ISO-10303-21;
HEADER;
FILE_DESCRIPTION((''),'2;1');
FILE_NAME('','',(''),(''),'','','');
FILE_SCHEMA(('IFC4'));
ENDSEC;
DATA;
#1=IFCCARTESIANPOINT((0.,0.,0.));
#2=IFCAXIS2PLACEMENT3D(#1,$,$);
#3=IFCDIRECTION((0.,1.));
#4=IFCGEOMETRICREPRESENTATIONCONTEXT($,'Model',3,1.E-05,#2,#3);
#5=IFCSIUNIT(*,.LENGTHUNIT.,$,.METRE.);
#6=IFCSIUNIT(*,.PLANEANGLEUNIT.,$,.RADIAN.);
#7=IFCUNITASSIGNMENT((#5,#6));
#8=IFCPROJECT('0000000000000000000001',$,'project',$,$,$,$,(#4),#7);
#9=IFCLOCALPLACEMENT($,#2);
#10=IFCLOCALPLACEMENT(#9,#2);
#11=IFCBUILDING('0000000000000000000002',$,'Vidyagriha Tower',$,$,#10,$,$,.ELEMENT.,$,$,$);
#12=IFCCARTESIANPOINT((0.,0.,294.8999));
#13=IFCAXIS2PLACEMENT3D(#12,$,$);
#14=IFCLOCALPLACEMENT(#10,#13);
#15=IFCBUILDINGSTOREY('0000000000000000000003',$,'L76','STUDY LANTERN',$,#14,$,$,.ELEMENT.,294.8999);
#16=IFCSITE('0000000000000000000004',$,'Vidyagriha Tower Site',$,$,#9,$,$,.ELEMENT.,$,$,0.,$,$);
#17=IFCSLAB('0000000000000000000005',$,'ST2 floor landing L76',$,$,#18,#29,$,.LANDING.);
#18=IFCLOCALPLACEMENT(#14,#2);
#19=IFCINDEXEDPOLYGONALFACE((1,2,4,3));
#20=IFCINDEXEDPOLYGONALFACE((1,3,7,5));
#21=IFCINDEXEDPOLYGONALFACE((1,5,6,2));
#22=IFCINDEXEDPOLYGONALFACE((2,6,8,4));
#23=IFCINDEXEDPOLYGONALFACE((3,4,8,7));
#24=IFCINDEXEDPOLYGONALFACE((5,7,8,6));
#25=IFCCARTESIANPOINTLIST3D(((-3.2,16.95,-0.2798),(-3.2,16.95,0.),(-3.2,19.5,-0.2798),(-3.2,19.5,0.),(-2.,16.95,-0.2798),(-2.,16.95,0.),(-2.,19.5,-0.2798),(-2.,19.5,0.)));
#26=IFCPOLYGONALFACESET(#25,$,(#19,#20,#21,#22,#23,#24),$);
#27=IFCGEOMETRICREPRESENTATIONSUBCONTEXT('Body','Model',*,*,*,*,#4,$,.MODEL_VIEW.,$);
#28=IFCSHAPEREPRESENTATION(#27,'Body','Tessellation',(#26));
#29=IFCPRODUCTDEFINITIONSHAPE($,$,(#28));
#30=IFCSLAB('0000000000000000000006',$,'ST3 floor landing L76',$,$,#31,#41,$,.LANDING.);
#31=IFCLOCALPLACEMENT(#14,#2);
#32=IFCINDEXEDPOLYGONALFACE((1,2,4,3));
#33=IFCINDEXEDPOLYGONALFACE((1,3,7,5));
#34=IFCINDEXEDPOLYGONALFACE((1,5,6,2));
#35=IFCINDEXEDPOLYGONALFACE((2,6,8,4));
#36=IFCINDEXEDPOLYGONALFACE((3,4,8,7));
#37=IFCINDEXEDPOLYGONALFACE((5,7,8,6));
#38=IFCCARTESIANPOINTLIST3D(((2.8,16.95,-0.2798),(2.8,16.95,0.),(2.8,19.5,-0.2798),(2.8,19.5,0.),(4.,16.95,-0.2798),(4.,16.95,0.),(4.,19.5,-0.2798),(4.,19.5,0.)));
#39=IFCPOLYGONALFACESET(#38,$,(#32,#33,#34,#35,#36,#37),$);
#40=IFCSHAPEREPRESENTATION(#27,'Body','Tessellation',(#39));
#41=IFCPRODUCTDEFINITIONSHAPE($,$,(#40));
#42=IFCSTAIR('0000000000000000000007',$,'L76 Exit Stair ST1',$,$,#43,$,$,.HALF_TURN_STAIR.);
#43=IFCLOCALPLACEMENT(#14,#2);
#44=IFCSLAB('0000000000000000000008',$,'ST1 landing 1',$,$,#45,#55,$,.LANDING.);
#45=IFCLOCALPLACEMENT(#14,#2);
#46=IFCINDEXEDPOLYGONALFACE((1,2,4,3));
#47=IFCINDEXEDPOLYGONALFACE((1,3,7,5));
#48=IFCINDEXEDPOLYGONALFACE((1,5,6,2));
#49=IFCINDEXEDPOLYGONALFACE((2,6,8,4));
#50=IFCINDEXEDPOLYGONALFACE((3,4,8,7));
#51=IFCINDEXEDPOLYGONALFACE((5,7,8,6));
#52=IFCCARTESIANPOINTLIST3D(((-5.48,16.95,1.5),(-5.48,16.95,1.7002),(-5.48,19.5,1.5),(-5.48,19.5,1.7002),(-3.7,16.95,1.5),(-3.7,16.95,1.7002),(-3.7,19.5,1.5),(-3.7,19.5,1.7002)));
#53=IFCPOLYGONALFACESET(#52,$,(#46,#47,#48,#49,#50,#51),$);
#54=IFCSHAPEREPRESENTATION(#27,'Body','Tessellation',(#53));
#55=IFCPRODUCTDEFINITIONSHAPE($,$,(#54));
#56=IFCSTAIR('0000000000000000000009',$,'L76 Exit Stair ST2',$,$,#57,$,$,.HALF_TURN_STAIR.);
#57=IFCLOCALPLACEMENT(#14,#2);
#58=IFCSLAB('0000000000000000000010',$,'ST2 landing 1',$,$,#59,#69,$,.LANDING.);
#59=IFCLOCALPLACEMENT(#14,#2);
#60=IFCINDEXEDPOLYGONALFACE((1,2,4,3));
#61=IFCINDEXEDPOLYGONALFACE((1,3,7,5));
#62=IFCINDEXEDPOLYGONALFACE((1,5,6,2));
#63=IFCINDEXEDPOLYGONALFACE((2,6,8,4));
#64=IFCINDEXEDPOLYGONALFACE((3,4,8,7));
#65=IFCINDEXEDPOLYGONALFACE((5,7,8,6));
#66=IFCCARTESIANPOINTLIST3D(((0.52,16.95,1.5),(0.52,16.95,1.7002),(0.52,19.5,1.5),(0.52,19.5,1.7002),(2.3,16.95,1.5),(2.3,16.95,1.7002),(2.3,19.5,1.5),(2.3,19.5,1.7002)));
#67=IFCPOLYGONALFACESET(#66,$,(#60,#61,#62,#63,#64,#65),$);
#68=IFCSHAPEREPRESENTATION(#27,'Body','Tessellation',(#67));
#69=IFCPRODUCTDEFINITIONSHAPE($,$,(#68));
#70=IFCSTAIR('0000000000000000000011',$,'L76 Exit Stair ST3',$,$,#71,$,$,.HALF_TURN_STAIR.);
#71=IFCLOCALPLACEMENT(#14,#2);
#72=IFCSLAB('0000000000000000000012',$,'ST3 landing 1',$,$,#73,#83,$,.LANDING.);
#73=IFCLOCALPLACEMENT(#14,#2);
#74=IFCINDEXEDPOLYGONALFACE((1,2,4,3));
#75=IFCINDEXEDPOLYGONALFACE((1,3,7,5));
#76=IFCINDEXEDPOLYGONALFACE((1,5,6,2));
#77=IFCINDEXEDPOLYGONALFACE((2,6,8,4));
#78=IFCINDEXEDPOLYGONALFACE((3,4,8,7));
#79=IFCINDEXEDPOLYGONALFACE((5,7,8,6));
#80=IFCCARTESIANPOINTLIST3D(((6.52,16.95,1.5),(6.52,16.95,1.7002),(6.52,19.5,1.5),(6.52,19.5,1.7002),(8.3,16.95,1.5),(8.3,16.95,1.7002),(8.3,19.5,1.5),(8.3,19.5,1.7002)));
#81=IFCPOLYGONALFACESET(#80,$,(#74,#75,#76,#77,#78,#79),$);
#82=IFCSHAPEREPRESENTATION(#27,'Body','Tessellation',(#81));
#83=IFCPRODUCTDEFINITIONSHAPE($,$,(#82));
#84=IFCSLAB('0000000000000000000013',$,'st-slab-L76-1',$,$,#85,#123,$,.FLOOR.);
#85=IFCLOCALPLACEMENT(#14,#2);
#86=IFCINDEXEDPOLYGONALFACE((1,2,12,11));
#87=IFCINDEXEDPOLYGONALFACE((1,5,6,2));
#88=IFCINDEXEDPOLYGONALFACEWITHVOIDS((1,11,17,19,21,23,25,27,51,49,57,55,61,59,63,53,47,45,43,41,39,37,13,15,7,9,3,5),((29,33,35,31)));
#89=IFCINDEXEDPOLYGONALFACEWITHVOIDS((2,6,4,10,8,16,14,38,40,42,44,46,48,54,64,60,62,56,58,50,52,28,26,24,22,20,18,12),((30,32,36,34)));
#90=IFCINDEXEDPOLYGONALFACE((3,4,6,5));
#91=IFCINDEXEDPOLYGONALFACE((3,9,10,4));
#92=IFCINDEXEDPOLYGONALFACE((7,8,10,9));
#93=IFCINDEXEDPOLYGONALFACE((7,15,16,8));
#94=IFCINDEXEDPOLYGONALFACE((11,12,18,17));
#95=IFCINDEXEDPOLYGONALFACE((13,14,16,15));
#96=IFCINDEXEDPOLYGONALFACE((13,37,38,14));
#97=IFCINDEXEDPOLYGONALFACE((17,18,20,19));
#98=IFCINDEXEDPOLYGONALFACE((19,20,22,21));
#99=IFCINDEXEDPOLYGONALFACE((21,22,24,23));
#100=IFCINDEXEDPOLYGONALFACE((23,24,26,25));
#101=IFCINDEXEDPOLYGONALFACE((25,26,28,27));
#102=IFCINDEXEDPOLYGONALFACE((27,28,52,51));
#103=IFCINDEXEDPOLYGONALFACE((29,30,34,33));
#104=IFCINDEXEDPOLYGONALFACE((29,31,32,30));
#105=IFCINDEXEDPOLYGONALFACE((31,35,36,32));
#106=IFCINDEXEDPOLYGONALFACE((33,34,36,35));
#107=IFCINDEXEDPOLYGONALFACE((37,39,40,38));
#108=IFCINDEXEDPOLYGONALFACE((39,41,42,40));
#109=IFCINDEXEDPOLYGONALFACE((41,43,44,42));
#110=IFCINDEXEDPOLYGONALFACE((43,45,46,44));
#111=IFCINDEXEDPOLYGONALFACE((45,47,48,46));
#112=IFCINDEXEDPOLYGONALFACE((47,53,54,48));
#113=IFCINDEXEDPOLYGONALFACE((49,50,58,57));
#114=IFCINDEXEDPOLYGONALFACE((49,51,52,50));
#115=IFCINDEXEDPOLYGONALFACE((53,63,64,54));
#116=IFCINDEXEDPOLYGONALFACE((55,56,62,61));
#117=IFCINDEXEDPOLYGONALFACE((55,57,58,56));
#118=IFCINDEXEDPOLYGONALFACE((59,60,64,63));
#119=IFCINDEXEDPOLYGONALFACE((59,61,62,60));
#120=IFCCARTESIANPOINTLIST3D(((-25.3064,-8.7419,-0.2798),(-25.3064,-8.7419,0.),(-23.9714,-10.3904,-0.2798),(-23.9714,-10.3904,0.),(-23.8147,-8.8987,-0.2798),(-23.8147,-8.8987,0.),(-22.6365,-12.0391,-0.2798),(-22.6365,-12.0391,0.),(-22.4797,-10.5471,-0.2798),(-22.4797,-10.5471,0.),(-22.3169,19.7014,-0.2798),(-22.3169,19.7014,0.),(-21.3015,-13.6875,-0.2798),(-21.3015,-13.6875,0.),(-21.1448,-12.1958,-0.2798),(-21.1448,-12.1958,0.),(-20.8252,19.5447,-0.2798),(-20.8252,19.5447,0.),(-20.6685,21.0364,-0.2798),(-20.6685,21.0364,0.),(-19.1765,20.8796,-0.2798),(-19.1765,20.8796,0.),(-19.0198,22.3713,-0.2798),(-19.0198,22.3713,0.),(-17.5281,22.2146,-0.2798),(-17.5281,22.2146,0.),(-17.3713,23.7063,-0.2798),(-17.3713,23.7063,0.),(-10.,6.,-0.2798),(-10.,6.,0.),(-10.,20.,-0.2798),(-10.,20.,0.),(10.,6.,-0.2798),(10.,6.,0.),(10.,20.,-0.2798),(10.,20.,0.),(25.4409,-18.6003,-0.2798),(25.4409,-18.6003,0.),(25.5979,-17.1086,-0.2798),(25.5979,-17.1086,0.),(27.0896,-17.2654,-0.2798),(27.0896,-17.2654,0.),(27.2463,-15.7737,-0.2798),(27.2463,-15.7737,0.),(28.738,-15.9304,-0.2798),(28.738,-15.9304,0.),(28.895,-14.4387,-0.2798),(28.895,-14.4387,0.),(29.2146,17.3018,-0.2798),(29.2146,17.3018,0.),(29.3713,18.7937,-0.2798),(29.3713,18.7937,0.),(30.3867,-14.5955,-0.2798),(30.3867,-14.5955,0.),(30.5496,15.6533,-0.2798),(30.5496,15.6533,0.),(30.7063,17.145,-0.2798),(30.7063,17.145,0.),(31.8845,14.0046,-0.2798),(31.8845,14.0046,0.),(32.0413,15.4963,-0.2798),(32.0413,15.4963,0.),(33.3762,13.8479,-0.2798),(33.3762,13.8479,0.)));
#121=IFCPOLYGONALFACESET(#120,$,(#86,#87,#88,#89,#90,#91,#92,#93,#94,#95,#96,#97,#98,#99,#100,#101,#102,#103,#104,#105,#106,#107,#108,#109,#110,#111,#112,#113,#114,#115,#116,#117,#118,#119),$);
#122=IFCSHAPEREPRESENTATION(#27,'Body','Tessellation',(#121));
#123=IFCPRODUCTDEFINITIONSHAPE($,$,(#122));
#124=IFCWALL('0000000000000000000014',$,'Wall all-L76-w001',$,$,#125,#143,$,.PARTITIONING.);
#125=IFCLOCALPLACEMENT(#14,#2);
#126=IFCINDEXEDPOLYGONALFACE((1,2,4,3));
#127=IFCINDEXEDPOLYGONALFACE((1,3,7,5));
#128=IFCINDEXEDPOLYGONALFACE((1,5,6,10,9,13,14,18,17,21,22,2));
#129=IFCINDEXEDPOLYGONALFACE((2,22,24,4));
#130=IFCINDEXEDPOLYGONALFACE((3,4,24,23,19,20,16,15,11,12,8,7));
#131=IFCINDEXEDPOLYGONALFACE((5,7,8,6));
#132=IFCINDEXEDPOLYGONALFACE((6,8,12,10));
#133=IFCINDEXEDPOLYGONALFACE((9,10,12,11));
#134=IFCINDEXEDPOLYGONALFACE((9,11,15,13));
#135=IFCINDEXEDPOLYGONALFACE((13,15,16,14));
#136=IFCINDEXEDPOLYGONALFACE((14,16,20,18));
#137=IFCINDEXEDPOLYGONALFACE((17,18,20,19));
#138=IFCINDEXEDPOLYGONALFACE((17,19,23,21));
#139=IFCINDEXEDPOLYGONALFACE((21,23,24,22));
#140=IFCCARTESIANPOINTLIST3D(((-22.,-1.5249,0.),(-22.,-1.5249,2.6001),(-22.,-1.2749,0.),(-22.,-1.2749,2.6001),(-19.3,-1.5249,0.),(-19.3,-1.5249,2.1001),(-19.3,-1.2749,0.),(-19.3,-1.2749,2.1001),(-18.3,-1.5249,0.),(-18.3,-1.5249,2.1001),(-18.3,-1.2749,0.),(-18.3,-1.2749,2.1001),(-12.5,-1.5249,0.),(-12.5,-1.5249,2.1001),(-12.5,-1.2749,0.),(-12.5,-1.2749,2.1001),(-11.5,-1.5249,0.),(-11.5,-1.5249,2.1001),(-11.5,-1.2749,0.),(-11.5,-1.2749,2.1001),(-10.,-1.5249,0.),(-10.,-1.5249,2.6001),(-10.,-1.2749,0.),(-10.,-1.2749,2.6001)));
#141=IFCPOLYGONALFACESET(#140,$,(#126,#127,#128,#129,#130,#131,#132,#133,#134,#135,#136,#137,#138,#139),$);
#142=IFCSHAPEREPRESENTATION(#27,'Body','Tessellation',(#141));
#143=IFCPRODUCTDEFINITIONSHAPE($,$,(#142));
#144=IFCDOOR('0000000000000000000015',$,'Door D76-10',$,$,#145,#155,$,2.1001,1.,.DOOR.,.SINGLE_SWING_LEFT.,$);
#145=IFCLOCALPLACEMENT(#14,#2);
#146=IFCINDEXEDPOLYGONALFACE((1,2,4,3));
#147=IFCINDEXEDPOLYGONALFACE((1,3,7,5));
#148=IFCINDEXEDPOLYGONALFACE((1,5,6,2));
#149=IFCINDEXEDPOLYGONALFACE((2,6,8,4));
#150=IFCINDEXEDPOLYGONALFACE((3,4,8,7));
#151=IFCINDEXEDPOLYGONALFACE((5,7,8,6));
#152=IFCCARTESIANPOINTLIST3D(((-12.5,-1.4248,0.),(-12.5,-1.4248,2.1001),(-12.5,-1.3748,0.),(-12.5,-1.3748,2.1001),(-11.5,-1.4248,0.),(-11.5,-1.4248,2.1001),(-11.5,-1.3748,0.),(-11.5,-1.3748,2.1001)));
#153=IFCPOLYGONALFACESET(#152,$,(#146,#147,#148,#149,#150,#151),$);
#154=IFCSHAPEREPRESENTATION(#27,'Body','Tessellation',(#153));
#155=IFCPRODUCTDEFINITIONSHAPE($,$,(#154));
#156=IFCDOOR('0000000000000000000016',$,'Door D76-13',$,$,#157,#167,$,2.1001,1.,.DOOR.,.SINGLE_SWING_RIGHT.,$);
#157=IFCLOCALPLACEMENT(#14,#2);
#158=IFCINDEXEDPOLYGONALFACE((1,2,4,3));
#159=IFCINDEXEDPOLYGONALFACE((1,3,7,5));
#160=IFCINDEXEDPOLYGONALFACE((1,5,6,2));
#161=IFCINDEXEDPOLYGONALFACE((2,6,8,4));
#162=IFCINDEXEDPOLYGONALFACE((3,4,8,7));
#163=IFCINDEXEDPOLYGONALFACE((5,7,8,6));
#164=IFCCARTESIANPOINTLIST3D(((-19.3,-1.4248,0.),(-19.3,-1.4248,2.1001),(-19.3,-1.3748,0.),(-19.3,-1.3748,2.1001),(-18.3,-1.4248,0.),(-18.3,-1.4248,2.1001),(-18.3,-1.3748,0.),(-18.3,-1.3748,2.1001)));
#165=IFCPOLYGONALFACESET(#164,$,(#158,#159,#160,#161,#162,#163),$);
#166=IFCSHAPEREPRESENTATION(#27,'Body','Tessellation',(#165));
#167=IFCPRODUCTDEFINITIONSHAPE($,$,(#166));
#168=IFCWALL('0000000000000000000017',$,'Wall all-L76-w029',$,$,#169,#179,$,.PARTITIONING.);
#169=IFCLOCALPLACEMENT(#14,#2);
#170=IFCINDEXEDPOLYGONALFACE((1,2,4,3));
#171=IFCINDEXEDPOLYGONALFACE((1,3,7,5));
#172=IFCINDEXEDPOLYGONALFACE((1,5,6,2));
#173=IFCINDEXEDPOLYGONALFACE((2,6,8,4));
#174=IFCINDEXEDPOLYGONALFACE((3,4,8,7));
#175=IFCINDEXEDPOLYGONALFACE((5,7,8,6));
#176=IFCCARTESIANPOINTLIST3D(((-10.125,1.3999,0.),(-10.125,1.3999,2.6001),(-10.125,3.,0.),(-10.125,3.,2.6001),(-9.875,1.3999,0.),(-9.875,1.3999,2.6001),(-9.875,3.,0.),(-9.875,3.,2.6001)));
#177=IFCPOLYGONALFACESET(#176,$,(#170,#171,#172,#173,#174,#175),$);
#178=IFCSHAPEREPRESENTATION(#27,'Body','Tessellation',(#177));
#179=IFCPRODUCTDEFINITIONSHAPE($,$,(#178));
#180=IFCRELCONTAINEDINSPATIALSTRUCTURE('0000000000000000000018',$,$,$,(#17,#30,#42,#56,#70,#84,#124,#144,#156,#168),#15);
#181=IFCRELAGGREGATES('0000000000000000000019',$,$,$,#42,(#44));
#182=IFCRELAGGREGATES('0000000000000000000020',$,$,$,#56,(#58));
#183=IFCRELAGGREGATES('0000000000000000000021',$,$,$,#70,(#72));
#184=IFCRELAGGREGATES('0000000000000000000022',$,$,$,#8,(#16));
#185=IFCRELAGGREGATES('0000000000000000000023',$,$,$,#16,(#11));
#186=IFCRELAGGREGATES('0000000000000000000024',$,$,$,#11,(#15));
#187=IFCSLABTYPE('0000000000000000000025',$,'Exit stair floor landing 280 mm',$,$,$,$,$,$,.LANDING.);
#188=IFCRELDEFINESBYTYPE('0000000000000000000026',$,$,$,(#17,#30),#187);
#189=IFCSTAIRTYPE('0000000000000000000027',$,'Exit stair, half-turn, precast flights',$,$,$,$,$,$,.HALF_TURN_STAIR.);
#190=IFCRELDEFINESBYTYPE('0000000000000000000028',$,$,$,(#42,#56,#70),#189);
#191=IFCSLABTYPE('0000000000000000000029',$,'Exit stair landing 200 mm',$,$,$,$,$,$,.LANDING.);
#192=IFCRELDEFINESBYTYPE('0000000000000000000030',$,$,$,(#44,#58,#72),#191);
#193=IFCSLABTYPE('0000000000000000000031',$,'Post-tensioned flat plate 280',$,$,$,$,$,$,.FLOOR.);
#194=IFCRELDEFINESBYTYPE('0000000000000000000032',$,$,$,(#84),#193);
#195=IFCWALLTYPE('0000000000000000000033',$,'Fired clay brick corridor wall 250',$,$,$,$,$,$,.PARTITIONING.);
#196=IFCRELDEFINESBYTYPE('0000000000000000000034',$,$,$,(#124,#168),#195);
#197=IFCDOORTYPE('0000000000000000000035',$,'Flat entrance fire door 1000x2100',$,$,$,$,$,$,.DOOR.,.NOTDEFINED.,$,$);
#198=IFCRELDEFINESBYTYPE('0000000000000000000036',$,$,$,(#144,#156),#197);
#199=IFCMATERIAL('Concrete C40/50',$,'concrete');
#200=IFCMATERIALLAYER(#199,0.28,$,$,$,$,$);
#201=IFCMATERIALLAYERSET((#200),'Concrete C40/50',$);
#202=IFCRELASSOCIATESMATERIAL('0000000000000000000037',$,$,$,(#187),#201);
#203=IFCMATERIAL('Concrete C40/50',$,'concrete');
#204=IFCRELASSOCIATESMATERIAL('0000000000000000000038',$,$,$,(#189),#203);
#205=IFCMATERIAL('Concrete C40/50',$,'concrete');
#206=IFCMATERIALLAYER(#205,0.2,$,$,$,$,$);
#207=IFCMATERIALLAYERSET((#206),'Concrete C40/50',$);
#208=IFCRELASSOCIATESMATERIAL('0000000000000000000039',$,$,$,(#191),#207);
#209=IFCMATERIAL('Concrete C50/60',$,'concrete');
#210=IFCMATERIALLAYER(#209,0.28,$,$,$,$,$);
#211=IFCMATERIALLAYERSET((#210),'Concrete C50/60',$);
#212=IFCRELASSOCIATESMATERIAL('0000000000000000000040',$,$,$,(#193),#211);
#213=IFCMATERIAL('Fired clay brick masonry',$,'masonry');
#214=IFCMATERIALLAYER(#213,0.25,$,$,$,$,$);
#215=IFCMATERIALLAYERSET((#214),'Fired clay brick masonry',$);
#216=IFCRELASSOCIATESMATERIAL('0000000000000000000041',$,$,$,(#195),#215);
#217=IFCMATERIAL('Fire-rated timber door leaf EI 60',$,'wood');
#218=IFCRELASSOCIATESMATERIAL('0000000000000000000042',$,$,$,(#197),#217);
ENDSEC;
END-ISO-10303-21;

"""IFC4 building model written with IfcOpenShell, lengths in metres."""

from ifc_helpers import new_model, si_unit, direction, frame, frame_2d, origin, place, context, subcontext, project, spatial, polyline, rectangle, outline, extrude, material, layer, layer_set, type_object, element, fill, aggregate, save


model = new_model("IFC4")

# Units and contexts
model_context = context("Model", 3, precision=1e-05, world=origin(), true_north=direction((0.0, 1.0)))
body_context = subcontext(model_context, "Body", "Model", "MODEL_VIEW")
ifc_project = project(units=[si_unit("LENGTHUNIT", "METRE"), si_unit("PLANEANGLEUNIT", "RADIAN")], contexts=[model_context])

# Site, building, storey
site_placement = place(None, origin())
site = spatial("IfcSite", under=ifc_project, at=site_placement, Name="Vidyagriha Tower Site", CompositionType="ELEMENT", RefElevation=0.0)
building_placement = place(site_placement, origin())
building = spatial("IfcBuilding", under=site, at=building_placement, Name="Vidyagriha Tower", CompositionType="ELEMENT")
storey_placement = place(building_placement, frame((0.0, 0.0, 294.8999)))
storey = spatial("IfcBuildingStorey", under=building, at=storey_placement, Name="L76", Description="STUDY LANTERN", CompositionType="ELEMENT", Elevation=294.8999)

# Slabs
ifc_material_1 = material(Name="Concrete C40/50", Category="concrete")
ifc_layer_1 = layer(ifc_material_1, 0.28)
ifc_layer_set_1 = layer_set([ifc_layer_1], Name="Concrete C40/50")
slab_type_1 = type_object("IfcSlabType", Name="Exit stair floor landing 280 mm", PredefinedType="LANDING", material=ifc_layer_set_1)
slab_1_placement = place(storey_placement, frame((0.0, 0.0, -0.2798)))
element("IfcSlab", 1, at=slab_1_placement, inside=storey, type_object=slab_type_1, Name="ST2 floor landing L76", PredefinedType="LANDING", context=body_context, shape_type="SweptSolid", body=[
    extrude(outline(polyline([(-3.2, 16.95), (-2.0, 16.95), (-2.0, 19.5), (-3.2, 19.5), (-3.2, 16.95)])), origin(), (0.0, 0.0, 1.0), 0.2798),
])
slab_2_placement = place(storey_placement, frame((0.0, 0.0, -0.2798)))
element("IfcSlab", 2, at=slab_2_placement, inside=storey, type_object=slab_type_1, Name="ST3 floor landing L76", PredefinedType="LANDING", context=body_context, shape_type="SweptSolid", body=[
    extrude(outline(polyline([(2.8, 16.95), (4.0, 16.95), (4.0, 19.5), (2.8, 19.5), (2.8, 16.95)])), origin(), (0.0, 0.0, 1.0), 0.2798),
])

# Stairs, slabs
ifc_material_2 = material(Name="Concrete C40/50", Category="concrete")
stair_type = type_object("IfcStairType", Name="Exit stair, half-turn, precast flights", PredefinedType="HALF_TURN_STAIR", material=ifc_material_2)
stair_1_placement = place(storey_placement, origin())
stair_1 = element("IfcStair", 3, at=stair_1_placement, inside=storey, type_object=stair_type, Name="L76 Exit Stair ST1", PredefinedType="HALF_TURN_STAIR")
ifc_material_3 = material(Name="Concrete C40/50", Category="concrete")
ifc_layer_2 = layer(ifc_material_3, 0.2)
ifc_layer_set_2 = layer_set([ifc_layer_2], Name="Concrete C40/50")
slab_type_2 = type_object("IfcSlabType", Name="Exit stair landing 200 mm", PredefinedType="LANDING", material=ifc_layer_set_2)
slab_3_placement = place(storey_placement, frame((0.0, 0.0, 1.5)))
slab_3 = element("IfcSlab", 4, at=slab_3_placement, type_object=slab_type_2, Name="ST1 landing 1", PredefinedType="LANDING", context=body_context, shape_type="SweptSolid", body=[
    extrude(outline(polyline([(-5.48, 16.95), (-3.7, 16.95), (-3.7, 19.5), (-5.48, 19.5), (-5.48, 16.95)])), origin(), (0.0, 0.0, 1.0), 0.2002),
])
aggregate(stair_1, [slab_3])
stair_2_placement = place(storey_placement, origin())
stair_2 = element("IfcStair", 5, at=stair_2_placement, inside=storey, type_object=stair_type, Name="L76 Exit Stair ST2", PredefinedType="HALF_TURN_STAIR")
slab_4_placement = place(storey_placement, frame((0.0, 0.0, 1.5)))
slab_4 = element("IfcSlab", 6, at=slab_4_placement, type_object=slab_type_2, Name="ST2 landing 1", PredefinedType="LANDING", context=body_context, shape_type="SweptSolid", body=[
    extrude(outline(polyline([(0.52, 16.95), (2.3, 16.95), (2.3, 19.5), (0.52, 19.5), (0.52, 16.95)])), origin(), (0.0, 0.0, 1.0), 0.2002),
])
aggregate(stair_2, [slab_4])
stair_3_placement = place(storey_placement, origin())
stair_3 = element("IfcStair", 7, at=stair_3_placement, inside=storey, type_object=stair_type, Name="L76 Exit Stair ST3", PredefinedType="HALF_TURN_STAIR")
slab_5_placement = place(storey_placement, frame((0.0, 0.0, 1.5)))
slab_5 = element("IfcSlab", 8, at=slab_5_placement, type_object=slab_type_2, Name="ST3 landing 1", PredefinedType="LANDING", context=body_context, shape_type="SweptSolid", body=[
    extrude(outline(polyline([(6.52, 16.95), (8.3, 16.95), (8.3, 19.5), (6.52, 19.5), (6.52, 16.95)])), origin(), (0.0, 0.0, 1.0), 0.2002),
])
aggregate(stair_3, [slab_5])

# Slab
ifc_material_4 = material(Name="Concrete C50/60", Category="concrete")
ifc_layer_3 = layer(ifc_material_4, 0.28)
ifc_layer_set_3 = layer_set([ifc_layer_3], Name="Concrete C50/60")
slab_type_3 = type_object("IfcSlabType", Name="Post-tensioned flat plate 280", PredefinedType="FLOOR", material=ifc_layer_set_3)
slab_6_placement = place(storey_placement, frame((0.0, 0.0, -0.2798)))
element("IfcSlab", 9, at=slab_6_placement, inside=storey, type_object=slab_type_3, Name="st-slab-L76-1", PredefinedType="FLOOR", context=body_context, shape_type="SweptSolid", body=[
    extrude(outline(polyline([(28.895, -14.4387), (28.738, -15.9304), (27.2463, -15.7737), (27.0896, -17.2654), (25.5979, -17.1086), (25.4409, -18.6003), (-21.3015, -13.6875), (-21.1448, -12.1958), (-22.6365, -12.0391), (-22.4797, -10.5471), (-23.9714, -10.3904), (-23.8147, -8.8987), (-25.3064, -8.7419), (-22.3169, 19.7014), (-20.8252, 19.5447), (-20.6685, 21.0364), (-19.1765, 20.8796), (-19.0198, 22.3713), (-17.5281, 22.2146), (-17.3713, 23.7063), (29.3713, 18.7937), (29.2146, 17.3018), (30.7063, 17.145), (30.5496, 15.6533), (32.0413, 15.4963), (31.8845, 14.0046), (33.3762, 13.8479), (30.3867, -14.5955), (28.895, -14.4387)]), holes=[polyline([(10.0, 20.0), (-10.0, 20.0), (-10.0, 6.0), (10.0, 6.0), (10.0, 20.0)])]), origin(), (0.0, 0.0, 1.0), 0.2798),
])

# Wall, openings, doors
ifc_material_5 = material(Name="Fired clay brick masonry", Category="masonry")
ifc_layer_4 = layer(ifc_material_5, 0.25)
ifc_layer_set_4 = layer_set([ifc_layer_4], Name="Fired clay brick masonry")
wall_type_1 = type_object("IfcWallType", Name="Fired clay brick corridor wall 250", PredefinedType="PARTITIONING", material=ifc_layer_set_4)
wall_1_placement = place(storey_placement, frame((-10.0, -1.3999, 0.0), z_axis=(0.0, 0.0, 1.0), x_axis=(-1.0, 0.0, 0.0)))
wall_1 = element("IfcWall", 10, at=wall_1_placement, inside=storey, type_object=wall_type_1, Name="Wall all-L76-w001", PredefinedType="PARTITIONING", context=body_context, shape_type="SweptSolid", body=[
    extrude(rectangle(XDim=12.0, YDim=0.25, at=frame_2d((6.0, 0.0))), origin(), (0.0, 0.0, 1.0), 2.6001),
])
opening_1_placement = place(wall_1_placement, frame((1.5, 0.0, 0.0)))
opening_1 = element("IfcOpeningElement", 11, at=opening_1_placement, cuts=wall_1, PredefinedType="OPENING", context=body_context, shape_type="SweptSolid", body=[
    extrude(rectangle(XDim=1.0, YDim=2.1001, at=frame_2d((0.5, 1.05))), frame((0.0, 0.135, 0.0), z_axis=(0.0, -1.0, 0.0), x_axis=(1.0, 0.0, 0.0)), (0.0, 0.0, 1.0), 0.27),
])
opening_2_placement = place(wall_1_placement, frame((8.3, 0.0, 0.0)))
opening_2 = element("IfcOpeningElement", 12, at=opening_2_placement, cuts=wall_1, PredefinedType="OPENING", context=body_context, shape_type="SweptSolid", body=[
    extrude(rectangle(XDim=1.0, YDim=2.1001, at=frame_2d((0.5, 1.05))), frame((0.0, 0.135, 0.0), z_axis=(0.0, -1.0, 0.0), x_axis=(1.0, 0.0, 0.0)), (0.0, 0.0, 1.0), 0.27),
])
ifc_material_6 = material(Name="Fire-rated timber door leaf EI 60", Category="wood")
door_type = type_object("IfcDoorType", Name="Flat entrance fire door 1000x2100", OperationType="NOTDEFINED", PredefinedType="DOOR", material=ifc_material_6)
door_1_placement = place(opening_1_placement, origin())
door_1 = element("IfcDoor", 13, at=door_1_placement, inside=storey, type_object=door_type, Name="Door D76-10", OperationType="SINGLE_SWING_LEFT", OverallHeight=2.1001, OverallWidth=1.0, PredefinedType="DOOR", context=body_context, shape_type="SweptSolid", body=[
    extrude(rectangle(XDim=1.0, YDim=2.1001, at=frame_2d((0.5, 1.05))), frame((0.0, 0.0249, 0.0), z_axis=(0.0, -1.0, 0.0), x_axis=(1.0, 0.0, 0.0)), (0.0, 0.0, 1.0), 0.05),
])
fill(opening_1, door_1)
door_2_placement = place(opening_2_placement, origin())
door_2 = element("IfcDoor", 14, at=door_2_placement, inside=storey, type_object=door_type, Name="Door D76-13", OperationType="SINGLE_SWING_RIGHT", OverallHeight=2.1001, OverallWidth=1.0, PredefinedType="DOOR", context=body_context, shape_type="SweptSolid", body=[
    extrude(rectangle(XDim=1.0, YDim=2.1001, at=frame_2d((0.5, 1.05))), frame((0.0, 0.0249, 0.0), z_axis=(0.0, -1.0, 0.0), x_axis=(1.0, 0.0, 0.0)), (0.0, 0.0, 1.0), 0.05),
])
fill(opening_2, door_2)

# Wall
wall_2_placement = place(storey_placement, frame((-10.0, 3.0, 0.0), z_axis=(0.0, 0.0, 1.0), x_axis=(0.0, -1.0, 0.0)))
element("IfcWall", 15, at=wall_2_placement, inside=storey, type_object=wall_type_1, Name="Wall all-L76-w029", PredefinedType="PARTITIONING", context=body_context, shape_type="SweptSolid", body=[
    extrude(rectangle(XDim=1.6001, YDim=0.25, at=frame_2d((0.8, 0.0))), origin(), (0.0, 0.0, 1.0), 2.6001),
])

save(model, "model.ifc")
